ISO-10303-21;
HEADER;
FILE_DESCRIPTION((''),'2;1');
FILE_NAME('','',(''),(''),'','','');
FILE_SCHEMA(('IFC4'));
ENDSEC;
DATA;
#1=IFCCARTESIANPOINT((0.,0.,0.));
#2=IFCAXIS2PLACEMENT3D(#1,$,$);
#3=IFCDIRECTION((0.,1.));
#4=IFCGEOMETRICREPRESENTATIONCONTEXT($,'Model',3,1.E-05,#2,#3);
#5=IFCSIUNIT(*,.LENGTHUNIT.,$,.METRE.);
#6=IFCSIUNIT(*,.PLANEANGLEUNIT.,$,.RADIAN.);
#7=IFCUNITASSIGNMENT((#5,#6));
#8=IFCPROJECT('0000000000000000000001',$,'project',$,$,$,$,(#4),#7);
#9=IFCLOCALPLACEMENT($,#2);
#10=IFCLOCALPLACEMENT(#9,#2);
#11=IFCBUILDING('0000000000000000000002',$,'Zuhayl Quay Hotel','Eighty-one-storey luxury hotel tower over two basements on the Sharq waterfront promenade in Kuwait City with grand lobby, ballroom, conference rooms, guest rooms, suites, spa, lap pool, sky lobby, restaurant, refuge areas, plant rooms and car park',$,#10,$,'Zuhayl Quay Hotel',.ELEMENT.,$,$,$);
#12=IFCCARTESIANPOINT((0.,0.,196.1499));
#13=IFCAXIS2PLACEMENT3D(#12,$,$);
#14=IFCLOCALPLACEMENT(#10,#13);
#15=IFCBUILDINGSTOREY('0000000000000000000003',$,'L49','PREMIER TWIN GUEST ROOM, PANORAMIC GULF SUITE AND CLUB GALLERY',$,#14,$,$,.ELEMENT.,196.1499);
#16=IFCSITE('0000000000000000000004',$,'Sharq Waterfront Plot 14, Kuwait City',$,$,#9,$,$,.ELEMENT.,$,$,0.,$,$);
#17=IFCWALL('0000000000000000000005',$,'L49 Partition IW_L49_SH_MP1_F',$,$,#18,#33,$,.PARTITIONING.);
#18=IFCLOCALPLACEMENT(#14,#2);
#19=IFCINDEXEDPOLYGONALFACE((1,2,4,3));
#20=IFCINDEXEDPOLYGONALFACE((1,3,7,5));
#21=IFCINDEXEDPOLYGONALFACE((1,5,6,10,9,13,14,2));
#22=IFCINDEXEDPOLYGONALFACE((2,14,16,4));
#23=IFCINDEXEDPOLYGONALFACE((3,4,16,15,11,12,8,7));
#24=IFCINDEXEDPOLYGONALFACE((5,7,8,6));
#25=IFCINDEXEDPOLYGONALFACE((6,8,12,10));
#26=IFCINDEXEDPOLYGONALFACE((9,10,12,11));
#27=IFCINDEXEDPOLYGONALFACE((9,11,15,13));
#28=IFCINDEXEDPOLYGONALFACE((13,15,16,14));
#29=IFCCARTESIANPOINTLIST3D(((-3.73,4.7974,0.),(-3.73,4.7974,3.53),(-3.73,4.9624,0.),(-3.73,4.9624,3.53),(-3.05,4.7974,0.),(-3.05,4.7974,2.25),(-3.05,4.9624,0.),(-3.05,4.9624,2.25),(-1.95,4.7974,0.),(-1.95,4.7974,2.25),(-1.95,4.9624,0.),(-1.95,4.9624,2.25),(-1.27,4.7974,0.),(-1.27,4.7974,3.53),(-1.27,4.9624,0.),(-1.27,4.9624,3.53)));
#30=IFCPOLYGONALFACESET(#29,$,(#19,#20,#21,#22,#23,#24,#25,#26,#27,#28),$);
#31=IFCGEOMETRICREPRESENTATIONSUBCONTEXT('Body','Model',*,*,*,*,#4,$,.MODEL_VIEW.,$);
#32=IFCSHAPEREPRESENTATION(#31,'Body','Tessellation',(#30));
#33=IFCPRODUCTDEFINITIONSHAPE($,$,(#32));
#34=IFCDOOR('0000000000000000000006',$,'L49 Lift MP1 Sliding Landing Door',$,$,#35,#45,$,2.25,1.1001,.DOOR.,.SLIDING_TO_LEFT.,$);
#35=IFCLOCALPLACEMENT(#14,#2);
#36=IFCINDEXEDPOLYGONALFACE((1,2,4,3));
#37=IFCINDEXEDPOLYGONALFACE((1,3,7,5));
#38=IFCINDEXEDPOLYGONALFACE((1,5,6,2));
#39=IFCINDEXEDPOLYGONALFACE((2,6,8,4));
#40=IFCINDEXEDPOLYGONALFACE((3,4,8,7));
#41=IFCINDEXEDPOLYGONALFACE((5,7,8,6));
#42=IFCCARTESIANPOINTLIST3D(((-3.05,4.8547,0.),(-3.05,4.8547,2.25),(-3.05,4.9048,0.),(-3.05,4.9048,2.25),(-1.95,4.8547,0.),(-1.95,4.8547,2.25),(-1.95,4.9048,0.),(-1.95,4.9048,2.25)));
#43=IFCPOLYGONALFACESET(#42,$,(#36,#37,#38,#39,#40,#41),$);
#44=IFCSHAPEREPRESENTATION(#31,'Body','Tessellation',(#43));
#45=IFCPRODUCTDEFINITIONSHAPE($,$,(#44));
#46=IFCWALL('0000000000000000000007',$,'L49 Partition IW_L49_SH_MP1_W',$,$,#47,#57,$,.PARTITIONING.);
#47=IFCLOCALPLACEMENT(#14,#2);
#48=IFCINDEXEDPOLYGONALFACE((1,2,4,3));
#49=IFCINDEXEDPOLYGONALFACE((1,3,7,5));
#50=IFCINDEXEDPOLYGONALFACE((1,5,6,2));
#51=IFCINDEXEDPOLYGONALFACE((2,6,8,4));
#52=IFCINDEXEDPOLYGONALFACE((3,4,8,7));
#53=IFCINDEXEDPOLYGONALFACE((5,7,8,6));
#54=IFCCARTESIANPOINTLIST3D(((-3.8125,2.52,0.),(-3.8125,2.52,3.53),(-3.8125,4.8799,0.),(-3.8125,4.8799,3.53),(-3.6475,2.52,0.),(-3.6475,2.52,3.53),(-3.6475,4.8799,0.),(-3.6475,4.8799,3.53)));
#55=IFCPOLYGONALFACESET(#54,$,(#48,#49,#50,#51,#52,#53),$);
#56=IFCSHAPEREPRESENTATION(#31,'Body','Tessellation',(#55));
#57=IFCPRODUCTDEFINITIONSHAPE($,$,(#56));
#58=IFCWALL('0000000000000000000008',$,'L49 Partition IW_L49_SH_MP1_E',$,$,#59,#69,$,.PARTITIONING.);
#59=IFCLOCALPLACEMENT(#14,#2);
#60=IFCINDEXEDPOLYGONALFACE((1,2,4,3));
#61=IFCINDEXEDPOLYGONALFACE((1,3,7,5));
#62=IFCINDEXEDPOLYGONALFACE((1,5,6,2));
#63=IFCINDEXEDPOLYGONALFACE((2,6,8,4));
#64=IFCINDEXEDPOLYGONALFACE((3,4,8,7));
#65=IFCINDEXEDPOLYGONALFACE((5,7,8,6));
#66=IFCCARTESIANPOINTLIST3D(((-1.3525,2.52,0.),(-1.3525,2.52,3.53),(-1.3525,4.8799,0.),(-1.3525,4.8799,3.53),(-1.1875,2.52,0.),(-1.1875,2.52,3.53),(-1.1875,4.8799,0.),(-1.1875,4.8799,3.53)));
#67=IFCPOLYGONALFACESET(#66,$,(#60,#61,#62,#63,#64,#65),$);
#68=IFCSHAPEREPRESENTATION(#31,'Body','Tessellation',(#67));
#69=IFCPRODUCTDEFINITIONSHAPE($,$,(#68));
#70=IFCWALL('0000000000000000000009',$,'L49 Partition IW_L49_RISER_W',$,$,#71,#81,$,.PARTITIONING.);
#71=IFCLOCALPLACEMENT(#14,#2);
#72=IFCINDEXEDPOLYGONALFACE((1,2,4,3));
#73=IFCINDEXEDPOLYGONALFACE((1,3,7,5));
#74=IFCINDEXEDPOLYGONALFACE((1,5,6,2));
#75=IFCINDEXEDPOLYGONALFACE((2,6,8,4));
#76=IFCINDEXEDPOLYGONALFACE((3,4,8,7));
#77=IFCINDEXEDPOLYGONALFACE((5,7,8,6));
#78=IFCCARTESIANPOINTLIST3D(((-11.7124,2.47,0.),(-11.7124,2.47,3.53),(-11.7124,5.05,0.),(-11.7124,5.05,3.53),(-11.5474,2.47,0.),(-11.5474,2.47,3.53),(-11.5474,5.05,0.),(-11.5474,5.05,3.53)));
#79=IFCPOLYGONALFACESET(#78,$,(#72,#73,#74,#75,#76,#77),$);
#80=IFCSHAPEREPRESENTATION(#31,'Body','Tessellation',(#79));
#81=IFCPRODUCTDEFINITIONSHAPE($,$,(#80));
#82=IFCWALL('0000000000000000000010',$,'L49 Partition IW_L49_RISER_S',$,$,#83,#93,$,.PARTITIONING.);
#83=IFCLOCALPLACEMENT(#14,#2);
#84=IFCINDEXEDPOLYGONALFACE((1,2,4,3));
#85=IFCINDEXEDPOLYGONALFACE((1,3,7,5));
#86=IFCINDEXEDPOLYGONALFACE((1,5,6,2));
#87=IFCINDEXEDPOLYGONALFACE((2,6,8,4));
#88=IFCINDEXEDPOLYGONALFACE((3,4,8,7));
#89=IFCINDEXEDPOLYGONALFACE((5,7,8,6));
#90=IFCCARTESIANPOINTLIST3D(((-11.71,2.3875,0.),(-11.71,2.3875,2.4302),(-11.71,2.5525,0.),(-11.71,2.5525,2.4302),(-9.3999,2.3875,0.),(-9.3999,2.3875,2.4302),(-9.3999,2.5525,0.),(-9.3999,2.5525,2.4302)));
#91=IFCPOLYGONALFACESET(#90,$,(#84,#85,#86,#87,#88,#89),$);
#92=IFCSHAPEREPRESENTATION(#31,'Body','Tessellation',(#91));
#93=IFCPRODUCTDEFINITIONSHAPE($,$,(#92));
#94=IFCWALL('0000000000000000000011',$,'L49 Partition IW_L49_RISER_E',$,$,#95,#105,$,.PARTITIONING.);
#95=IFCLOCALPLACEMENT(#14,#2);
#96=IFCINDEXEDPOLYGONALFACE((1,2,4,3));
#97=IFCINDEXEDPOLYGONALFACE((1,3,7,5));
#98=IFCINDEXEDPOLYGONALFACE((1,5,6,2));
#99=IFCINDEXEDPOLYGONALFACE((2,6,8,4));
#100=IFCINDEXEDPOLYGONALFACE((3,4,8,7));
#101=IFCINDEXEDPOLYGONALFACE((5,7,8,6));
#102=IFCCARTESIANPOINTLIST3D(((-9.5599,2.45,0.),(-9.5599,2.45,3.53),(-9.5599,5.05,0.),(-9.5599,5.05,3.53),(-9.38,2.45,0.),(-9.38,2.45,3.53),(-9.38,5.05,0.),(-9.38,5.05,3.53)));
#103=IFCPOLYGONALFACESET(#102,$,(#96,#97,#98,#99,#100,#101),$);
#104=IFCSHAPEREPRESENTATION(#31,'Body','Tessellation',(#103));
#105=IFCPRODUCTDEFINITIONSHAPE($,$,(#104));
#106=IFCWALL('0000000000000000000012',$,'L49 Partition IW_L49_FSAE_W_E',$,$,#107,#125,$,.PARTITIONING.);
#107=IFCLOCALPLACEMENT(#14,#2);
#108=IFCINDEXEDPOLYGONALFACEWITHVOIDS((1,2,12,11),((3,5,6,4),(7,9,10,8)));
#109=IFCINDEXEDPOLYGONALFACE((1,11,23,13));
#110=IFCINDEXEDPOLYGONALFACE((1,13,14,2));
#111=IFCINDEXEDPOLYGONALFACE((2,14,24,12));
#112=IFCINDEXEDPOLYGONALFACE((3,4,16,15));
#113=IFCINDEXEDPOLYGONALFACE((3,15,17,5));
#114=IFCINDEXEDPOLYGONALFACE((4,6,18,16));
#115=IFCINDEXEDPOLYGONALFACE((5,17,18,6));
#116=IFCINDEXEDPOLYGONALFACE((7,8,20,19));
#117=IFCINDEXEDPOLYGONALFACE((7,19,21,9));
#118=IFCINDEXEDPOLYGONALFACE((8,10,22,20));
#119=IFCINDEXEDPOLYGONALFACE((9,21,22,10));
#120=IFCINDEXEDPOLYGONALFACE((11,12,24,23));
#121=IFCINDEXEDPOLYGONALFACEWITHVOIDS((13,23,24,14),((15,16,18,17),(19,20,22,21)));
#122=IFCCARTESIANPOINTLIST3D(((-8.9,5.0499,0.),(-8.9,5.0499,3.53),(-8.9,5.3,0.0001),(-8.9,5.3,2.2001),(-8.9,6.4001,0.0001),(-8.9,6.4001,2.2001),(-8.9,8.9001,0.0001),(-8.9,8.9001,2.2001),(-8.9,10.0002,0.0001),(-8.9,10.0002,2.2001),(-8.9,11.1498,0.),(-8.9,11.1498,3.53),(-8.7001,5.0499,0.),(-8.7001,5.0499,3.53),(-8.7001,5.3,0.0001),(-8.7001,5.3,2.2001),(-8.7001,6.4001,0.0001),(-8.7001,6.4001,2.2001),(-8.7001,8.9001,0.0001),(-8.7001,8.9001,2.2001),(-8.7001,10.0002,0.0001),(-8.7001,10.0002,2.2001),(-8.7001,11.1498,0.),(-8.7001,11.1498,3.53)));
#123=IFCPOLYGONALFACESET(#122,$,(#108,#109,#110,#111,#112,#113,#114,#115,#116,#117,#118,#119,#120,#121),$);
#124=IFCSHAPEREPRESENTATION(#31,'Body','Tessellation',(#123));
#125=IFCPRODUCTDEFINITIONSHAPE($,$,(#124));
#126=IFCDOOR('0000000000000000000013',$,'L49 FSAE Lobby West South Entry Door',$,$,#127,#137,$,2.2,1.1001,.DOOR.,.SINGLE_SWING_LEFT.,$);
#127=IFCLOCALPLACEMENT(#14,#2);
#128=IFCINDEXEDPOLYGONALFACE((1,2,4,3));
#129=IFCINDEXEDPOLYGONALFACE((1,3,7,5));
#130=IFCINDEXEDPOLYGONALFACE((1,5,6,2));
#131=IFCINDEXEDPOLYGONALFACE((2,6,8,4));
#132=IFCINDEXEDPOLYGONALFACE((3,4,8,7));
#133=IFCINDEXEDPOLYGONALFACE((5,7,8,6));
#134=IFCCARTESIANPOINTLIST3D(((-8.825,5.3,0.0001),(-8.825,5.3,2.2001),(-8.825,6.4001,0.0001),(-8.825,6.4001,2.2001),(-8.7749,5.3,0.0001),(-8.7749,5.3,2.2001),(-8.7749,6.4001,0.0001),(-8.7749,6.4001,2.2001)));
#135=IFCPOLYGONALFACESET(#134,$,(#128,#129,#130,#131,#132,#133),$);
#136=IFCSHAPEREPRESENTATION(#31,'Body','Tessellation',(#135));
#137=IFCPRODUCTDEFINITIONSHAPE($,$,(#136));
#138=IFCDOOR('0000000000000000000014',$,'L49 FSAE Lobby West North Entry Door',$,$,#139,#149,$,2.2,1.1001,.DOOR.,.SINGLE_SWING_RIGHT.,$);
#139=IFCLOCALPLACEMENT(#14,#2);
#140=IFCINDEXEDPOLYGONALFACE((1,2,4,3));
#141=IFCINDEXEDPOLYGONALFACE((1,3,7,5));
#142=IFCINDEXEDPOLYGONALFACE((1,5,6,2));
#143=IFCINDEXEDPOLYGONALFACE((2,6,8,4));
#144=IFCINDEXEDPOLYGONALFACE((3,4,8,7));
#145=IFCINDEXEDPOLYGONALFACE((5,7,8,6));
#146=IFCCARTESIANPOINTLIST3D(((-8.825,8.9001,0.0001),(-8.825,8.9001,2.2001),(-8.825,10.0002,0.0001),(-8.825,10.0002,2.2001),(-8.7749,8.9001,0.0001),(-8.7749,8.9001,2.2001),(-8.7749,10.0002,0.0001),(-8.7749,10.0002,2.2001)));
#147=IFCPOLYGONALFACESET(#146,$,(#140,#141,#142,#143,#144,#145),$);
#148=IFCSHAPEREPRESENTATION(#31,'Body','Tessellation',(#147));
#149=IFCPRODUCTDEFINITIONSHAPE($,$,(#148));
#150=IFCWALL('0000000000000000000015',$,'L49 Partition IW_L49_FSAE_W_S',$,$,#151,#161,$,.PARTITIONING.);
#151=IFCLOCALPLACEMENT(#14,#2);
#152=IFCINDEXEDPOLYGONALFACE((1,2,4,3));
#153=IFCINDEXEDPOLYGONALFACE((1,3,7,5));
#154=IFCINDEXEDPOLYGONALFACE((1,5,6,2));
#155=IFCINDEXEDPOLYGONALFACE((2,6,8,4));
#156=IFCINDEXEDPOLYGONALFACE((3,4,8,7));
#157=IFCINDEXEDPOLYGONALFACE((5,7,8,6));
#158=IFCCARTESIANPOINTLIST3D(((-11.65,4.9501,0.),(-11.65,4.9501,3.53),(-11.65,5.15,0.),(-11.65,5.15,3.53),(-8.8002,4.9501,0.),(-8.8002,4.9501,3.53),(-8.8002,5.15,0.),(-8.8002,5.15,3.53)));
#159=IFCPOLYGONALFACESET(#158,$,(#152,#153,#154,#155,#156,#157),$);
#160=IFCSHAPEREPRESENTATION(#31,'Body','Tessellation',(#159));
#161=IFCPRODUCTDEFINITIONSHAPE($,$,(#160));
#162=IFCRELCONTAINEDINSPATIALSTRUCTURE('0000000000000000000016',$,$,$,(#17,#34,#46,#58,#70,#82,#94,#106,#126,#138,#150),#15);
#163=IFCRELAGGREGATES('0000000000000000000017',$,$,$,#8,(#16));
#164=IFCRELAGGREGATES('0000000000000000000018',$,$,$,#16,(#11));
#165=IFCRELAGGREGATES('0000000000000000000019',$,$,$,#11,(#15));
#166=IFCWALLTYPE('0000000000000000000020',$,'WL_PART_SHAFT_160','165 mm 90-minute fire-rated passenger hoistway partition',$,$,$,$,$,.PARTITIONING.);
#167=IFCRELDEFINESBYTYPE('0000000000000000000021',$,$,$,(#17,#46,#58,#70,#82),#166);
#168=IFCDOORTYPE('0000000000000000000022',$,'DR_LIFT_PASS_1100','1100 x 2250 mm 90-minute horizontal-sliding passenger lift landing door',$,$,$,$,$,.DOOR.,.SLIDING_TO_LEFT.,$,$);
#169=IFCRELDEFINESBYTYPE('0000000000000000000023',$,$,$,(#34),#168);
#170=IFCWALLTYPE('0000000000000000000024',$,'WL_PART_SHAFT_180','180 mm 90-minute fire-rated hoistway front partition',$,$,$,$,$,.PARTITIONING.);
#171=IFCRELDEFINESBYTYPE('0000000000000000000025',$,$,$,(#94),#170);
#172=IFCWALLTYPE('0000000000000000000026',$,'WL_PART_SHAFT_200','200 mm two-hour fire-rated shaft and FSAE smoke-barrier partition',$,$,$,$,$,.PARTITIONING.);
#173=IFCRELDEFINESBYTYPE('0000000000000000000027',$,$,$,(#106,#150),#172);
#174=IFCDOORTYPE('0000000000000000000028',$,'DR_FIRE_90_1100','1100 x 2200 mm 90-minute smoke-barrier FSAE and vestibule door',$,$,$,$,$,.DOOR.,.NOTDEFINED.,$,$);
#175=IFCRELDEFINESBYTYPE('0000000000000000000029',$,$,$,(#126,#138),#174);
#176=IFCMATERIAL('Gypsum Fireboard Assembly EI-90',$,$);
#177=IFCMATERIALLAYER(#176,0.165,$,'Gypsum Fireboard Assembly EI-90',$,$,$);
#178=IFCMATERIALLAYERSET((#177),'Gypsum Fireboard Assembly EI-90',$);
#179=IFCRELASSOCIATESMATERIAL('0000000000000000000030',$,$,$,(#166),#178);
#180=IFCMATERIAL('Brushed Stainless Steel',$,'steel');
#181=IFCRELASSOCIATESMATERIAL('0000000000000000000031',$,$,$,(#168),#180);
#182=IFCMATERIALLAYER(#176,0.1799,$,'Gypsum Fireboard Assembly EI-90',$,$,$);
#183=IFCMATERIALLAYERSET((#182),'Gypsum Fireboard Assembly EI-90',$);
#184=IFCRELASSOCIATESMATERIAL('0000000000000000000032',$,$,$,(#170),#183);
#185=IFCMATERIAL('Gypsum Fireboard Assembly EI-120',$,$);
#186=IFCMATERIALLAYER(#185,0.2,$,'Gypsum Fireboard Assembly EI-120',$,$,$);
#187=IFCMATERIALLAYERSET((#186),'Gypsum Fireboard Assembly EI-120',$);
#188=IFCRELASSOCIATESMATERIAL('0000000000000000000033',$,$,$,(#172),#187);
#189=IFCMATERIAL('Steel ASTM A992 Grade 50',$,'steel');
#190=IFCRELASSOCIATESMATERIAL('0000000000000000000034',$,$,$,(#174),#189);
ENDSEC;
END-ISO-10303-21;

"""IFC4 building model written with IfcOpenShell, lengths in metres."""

from ifc_helpers import new_model, si_unit, direction, frame, frame_2d, origin, place, context, subcontext, project, spatial, rectangle, extrude, material, layer, layer_set, type_object, element, fill, save


model = new_model("IFC4")

# Units and contexts
model_context = context("Model", 3, precision=1e-05, world=origin(), true_north=direction((0.0, 1.0)))
body_context = subcontext(model_context, "Body", "Model", "MODEL_VIEW")
ifc_project = project(units=[si_unit("LENGTHUNIT", "METRE"), si_unit("PLANEANGLEUNIT", "RADIAN")], contexts=[model_context])

# Site, building, storey
site_placement = place(None, origin())
site = spatial("IfcSite", under=ifc_project, at=site_placement, Name="Sharq Waterfront Plot 14, Kuwait City", CompositionType="ELEMENT", RefElevation=0.0)
building_placement = place(site_placement, origin())
building = spatial("IfcBuilding", under=site, at=building_placement, Name="Zuhayl Quay Hotel", Description="Eighty-one-storey luxury hotel tower over two basements on the Sharq waterfront promenade in Kuwait City with grand lobby, ballroom, conference rooms, guest rooms, suites, spa, lap pool, sky lobby, restaurant, refuge areas, plant rooms and car park", LongName="Zuhayl Quay Hotel", CompositionType="ELEMENT")
storey_placement = place(building_placement, frame((0.0, 0.0, 196.1499)))
storey = spatial("IfcBuildingStorey", under=building, at=storey_placement, Name="L49", Description="PREMIER TWIN GUEST ROOM, PANORAMIC GULF SUITE AND CLUB GALLERY", CompositionType="ELEMENT", Elevation=196.1499)

# Shared definitions
ifc_material_1 = material(Name="Steel ASTM A992 Grade 50", Category="steel")

# Wall, opening, door
ifc_material_2 = material(Name="Gypsum Fireboard Assembly EI-90")
ifc_layer_1 = layer(ifc_material_2, 0.165, Name="Gypsum Fireboard Assembly EI-90")
ifc_layer_set_1 = layer_set([ifc_layer_1], Name="Gypsum Fireboard Assembly EI-90")
wall_type_1 = type_object("IfcWallType", Name="WL_PART_SHAFT_160", Description="165 mm 90-minute fire-rated passenger hoistway partition", PredefinedType="PARTITIONING", material=ifc_layer_set_1)
wall_1_placement = place(storey_placement, frame((-3.73, 4.8799, 0.0), z_axis=(0.0, 0.0, 1.0), x_axis=(1.0, 0.0, 0.0)))
wall_1 = element("IfcWall", 1, at=wall_1_placement, inside=storey, type_object=wall_type_1, Name="L49 Partition IW_L49_SH_MP1_F", PredefinedType="PARTITIONING", context=body_context, shape_type="SweptSolid", body=[
    extrude(rectangle(XDim=2.46, YDim=0.165, at=frame_2d((1.23, 0.0))), origin(), (0.0, 0.0, 1.0), 3.53),
])
opening_1_placement = place(wall_1_placement, frame((0.6799, 0.0, 0.0)))
opening_1 = element("IfcOpeningElement", 2, at=opening_1_placement, cuts=wall_1, PredefinedType="OPENING", context=body_context, shape_type="SweptSolid", body=[
    extrude(rectangle(XDim=1.1001, YDim=2.25, at=frame_2d((0.55, 1.125))), frame((0.0, 0.0925, 0.0), z_axis=(0.0, -1.0, 0.0), x_axis=(1.0, 0.0, 0.0)), (0.0, 0.0, 1.0), 0.1851),
])
ifc_material_3 = material(Name="Brushed Stainless Steel", Category="steel")
door_type_1 = type_object("IfcDoorType", Name="DR_LIFT_PASS_1100", Description="1100 x 2250 mm 90-minute horizontal-sliding passenger lift landing door", OperationType="SLIDING_TO_LEFT", PredefinedType="DOOR", material=ifc_material_3)
door_1_placement = place(opening_1_placement, origin())
door_1 = element("IfcDoor", 3, at=door_1_placement, inside=storey, type_object=door_type_1, Name="L49 Lift MP1 Sliding Landing Door", OperationType="SLIDING_TO_LEFT", OverallHeight=2.25, OverallWidth=1.1001, PredefinedType="DOOR", context=body_context, shape_type="SweptSolid", body=[
    extrude(rectangle(XDim=1.1001, YDim=2.25, at=frame_2d((0.55, 1.125))), frame((0.0, 0.0249, 0.0), z_axis=(0.0, -1.0, 0.0), x_axis=(1.0, 0.0, 0.0)), (0.0, 0.0, 1.0), 0.05),
])
fill(opening_1, door_1)

# Walls
for number, where, z_axis, x_axis, name in (
    (4, (-3.73, 2.52, 0.0), (0.0, 0.0, 1.0), (0.0, 1.0, 0.0), "L49 Partition IW_L49_SH_MP1_W"),
    (5, (-1.27, 2.52, 0.0), (0.0, 0.0, 1.0), (0.0, 1.0, 0.0), "L49 Partition IW_L49_SH_MP1_E"),
):
    element("IfcWall", number, at=place(storey_placement, frame(where, z_axis=z_axis, x_axis=x_axis)), inside=storey, type_object=wall_type_1, Name=name, PredefinedType="PARTITIONING", context=body_context, shape_type="SweptSolid", body=[
        extrude(rectangle(XDim=2.3599, YDim=0.165, at=frame_2d((1.1799, 0.0))), origin(), (0.0, 0.0, 1.0), 3.53),
    ])
wall_2_placement = place(storey_placement, frame((-11.6299, 2.47, 0.0), z_axis=(0.0, 0.0, 1.0), x_axis=(0.0, 1.0, 0.0)))
element("IfcWall", 6, at=wall_2_placement, inside=storey, type_object=wall_type_1, Name="L49 Partition IW_L49_RISER_W", PredefinedType="PARTITIONING", context=body_context, shape_type="SweptSolid", body=[
    extrude(rectangle(XDim=2.5801, YDim=0.165, at=frame_2d((1.29, 0.0))), origin(), (0.0, 0.0, 1.0), 3.53),
])
wall_3_placement = place(storey_placement, frame((-11.71, 2.47, 0.0), z_axis=(0.0, 0.0, 1.0), x_axis=(1.0, 0.0, 0.0)))
element("IfcWall", 7, at=wall_3_placement, inside=storey, type_object=wall_type_1, Name="L49 Partition IW_L49_RISER_S", PredefinedType="PARTITIONING", context=body_context, shape_type="SweptSolid", body=[
    extrude(rectangle(XDim=2.3101, YDim=0.165, at=frame_2d((1.155, 0.0))), origin(), (0.0, 0.0, 1.0), 2.4302),
])
ifc_layer_2 = layer(ifc_material_2, 0.1799, Name="Gypsum Fireboard Assembly EI-90")
ifc_layer_set_2 = layer_set([ifc_layer_2], Name="Gypsum Fireboard Assembly EI-90")
wall_type_2 = type_object("IfcWallType", Name="WL_PART_SHAFT_180", Description="180 mm 90-minute fire-rated hoistway front partition", PredefinedType="PARTITIONING", material=ifc_layer_set_2)
wall_4_placement = place(storey_placement, frame((-9.47, 2.45, 0.0), z_axis=(0.0, 0.0, 1.0), x_axis=(0.0, 1.0, 0.0)))
element("IfcWall", 8, at=wall_4_placement, inside=storey, type_object=wall_type_2, Name="L49 Partition IW_L49_RISER_E", PredefinedType="PARTITIONING", context=body_context, shape_type="SweptSolid", body=[
    extrude(rectangle(XDim=2.6001, YDim=0.1799, at=frame_2d((1.3, 0.0))), origin(), (0.0, 0.0, 1.0), 3.53),
])

# Wall, openings, doors
ifc_material_4 = material(Name="Gypsum Fireboard Assembly EI-120")
ifc_layer_3 = layer(ifc_material_4, 0.2, Name="Gypsum Fireboard Assembly EI-120")
ifc_layer_set_3 = layer_set([ifc_layer_3], Name="Gypsum Fireboard Assembly EI-120")
wall_type_3 = type_object("IfcWallType", Name="WL_PART_SHAFT_200", Description="200 mm two-hour fire-rated shaft and FSAE smoke-barrier partition", PredefinedType="PARTITIONING", material=ifc_layer_set_3)
wall_5_placement = place(storey_placement, frame((-8.8, 5.05, 0.0), z_axis=(0.0, 0.0, 1.0), x_axis=(0.0, 1.0, 0.0)))
wall_5 = element("IfcWall", 9, at=wall_5_placement, inside=storey, type_object=wall_type_3, Name="L49 Partition IW_L49_FSAE_W_E", PredefinedType="PARTITIONING", context=body_context, shape_type="SweptSolid", body=[
    extrude(rectangle(XDim=6.0999, YDim=0.2, at=frame_2d((3.0498, 0.0))), origin(), (0.0, 0.0, 1.0), 3.53),
])
opening_2_placement = place(wall_5_placement, frame((0.25, 0.0, 0.0)))
opening_2 = element("IfcOpeningElement", 10, at=opening_2_placement, cuts=wall_5, PredefinedType="OPENING", context=body_context, shape_type="SweptSolid", body=[
    extrude(rectangle(XDim=1.1001, YDim=2.2, at=frame_2d((0.55, 1.1001))), frame((0.0, 0.1099, 0.0), z_axis=(0.0, -1.0, 0.0), x_axis=(1.0, 0.0, 0.0)), (0.0, 0.0, 1.0), 0.22),
])
opening_3_placement = place(wall_5_placement, frame((3.8501, 0.0, 0.0)))
opening_3 = element("IfcOpeningElement", 11, at=opening_3_placement, cuts=wall_5, PredefinedType="OPENING", context=body_context, shape_type="SweptSolid", body=[
    extrude(rectangle(XDim=1.1001, YDim=2.2, at=frame_2d((0.55, 1.1001))), frame((0.0, 0.1099, 0.0), z_axis=(0.0, -1.0, 0.0), x_axis=(1.0, 0.0, 0.0)), (0.0, 0.0, 1.0), 0.22),
])
door_type_2 = type_object("IfcDoorType", Name="DR_FIRE_90_1100", Description="1100 x 2200 mm 90-minute smoke-barrier FSAE and vestibule door", OperationType="NOTDEFINED", PredefinedType="DOOR", material=ifc_material_1)
door_2_placement = place(opening_2_placement, origin())
door_2 = element("IfcDoor", 12, at=door_2_placement, inside=storey, type_object=door_type_2, Name="L49 FSAE Lobby West South Entry Door", OperationType="SINGLE_SWING_LEFT", OverallHeight=2.2, OverallWidth=1.1001, PredefinedType="DOOR", context=body_context, shape_type="SweptSolid", body=[
    extrude(rectangle(XDim=1.1001, YDim=2.2, at=frame_2d((0.55, 1.1001))), frame((0.0, 0.0249, 0.0), z_axis=(0.0, -1.0, 0.0), x_axis=(1.0, 0.0, 0.0)), (0.0, 0.0, 1.0), 0.05),
])
fill(opening_2, door_2)
door_3_placement = place(opening_3_placement, origin())
door_3 = element("IfcDoor", 13, at=door_3_placement, inside=storey, type_object=door_type_2, Name="L49 FSAE Lobby West North Entry Door", OperationType="SINGLE_SWING_RIGHT", OverallHeight=2.2, OverallWidth=1.1001, PredefinedType="DOOR", context=body_context, shape_type="SweptSolid", body=[
    extrude(rectangle(XDim=1.1001, YDim=2.2, at=frame_2d((0.55, 1.1001))), frame((0.0, 0.0249, 0.0), z_axis=(0.0, -1.0, 0.0), x_axis=(1.0, 0.0, 0.0)), (0.0, 0.0, 1.0), 0.05),
])
fill(opening_3, door_3)

# Wall
wall_6_placement = place(storey_placement, frame((-11.6499, 5.05, 0.0), z_axis=(0.0, 0.0, 1.0), x_axis=(1.0, 0.0, 0.0)))
element("IfcWall", 14, at=wall_6_placement, inside=storey, type_object=wall_type_3, Name="L49 Partition IW_L49_FSAE_W_S", PredefinedType="PARTITIONING", context=body_context, shape_type="SweptSolid", body=[
    extrude(rectangle(XDim=2.8499, YDim=0.2, at=frame_2d((1.4248, 0.0))), origin(), (0.0, 0.0, 1.0), 3.53),
])

save(model, "model.ifc")
